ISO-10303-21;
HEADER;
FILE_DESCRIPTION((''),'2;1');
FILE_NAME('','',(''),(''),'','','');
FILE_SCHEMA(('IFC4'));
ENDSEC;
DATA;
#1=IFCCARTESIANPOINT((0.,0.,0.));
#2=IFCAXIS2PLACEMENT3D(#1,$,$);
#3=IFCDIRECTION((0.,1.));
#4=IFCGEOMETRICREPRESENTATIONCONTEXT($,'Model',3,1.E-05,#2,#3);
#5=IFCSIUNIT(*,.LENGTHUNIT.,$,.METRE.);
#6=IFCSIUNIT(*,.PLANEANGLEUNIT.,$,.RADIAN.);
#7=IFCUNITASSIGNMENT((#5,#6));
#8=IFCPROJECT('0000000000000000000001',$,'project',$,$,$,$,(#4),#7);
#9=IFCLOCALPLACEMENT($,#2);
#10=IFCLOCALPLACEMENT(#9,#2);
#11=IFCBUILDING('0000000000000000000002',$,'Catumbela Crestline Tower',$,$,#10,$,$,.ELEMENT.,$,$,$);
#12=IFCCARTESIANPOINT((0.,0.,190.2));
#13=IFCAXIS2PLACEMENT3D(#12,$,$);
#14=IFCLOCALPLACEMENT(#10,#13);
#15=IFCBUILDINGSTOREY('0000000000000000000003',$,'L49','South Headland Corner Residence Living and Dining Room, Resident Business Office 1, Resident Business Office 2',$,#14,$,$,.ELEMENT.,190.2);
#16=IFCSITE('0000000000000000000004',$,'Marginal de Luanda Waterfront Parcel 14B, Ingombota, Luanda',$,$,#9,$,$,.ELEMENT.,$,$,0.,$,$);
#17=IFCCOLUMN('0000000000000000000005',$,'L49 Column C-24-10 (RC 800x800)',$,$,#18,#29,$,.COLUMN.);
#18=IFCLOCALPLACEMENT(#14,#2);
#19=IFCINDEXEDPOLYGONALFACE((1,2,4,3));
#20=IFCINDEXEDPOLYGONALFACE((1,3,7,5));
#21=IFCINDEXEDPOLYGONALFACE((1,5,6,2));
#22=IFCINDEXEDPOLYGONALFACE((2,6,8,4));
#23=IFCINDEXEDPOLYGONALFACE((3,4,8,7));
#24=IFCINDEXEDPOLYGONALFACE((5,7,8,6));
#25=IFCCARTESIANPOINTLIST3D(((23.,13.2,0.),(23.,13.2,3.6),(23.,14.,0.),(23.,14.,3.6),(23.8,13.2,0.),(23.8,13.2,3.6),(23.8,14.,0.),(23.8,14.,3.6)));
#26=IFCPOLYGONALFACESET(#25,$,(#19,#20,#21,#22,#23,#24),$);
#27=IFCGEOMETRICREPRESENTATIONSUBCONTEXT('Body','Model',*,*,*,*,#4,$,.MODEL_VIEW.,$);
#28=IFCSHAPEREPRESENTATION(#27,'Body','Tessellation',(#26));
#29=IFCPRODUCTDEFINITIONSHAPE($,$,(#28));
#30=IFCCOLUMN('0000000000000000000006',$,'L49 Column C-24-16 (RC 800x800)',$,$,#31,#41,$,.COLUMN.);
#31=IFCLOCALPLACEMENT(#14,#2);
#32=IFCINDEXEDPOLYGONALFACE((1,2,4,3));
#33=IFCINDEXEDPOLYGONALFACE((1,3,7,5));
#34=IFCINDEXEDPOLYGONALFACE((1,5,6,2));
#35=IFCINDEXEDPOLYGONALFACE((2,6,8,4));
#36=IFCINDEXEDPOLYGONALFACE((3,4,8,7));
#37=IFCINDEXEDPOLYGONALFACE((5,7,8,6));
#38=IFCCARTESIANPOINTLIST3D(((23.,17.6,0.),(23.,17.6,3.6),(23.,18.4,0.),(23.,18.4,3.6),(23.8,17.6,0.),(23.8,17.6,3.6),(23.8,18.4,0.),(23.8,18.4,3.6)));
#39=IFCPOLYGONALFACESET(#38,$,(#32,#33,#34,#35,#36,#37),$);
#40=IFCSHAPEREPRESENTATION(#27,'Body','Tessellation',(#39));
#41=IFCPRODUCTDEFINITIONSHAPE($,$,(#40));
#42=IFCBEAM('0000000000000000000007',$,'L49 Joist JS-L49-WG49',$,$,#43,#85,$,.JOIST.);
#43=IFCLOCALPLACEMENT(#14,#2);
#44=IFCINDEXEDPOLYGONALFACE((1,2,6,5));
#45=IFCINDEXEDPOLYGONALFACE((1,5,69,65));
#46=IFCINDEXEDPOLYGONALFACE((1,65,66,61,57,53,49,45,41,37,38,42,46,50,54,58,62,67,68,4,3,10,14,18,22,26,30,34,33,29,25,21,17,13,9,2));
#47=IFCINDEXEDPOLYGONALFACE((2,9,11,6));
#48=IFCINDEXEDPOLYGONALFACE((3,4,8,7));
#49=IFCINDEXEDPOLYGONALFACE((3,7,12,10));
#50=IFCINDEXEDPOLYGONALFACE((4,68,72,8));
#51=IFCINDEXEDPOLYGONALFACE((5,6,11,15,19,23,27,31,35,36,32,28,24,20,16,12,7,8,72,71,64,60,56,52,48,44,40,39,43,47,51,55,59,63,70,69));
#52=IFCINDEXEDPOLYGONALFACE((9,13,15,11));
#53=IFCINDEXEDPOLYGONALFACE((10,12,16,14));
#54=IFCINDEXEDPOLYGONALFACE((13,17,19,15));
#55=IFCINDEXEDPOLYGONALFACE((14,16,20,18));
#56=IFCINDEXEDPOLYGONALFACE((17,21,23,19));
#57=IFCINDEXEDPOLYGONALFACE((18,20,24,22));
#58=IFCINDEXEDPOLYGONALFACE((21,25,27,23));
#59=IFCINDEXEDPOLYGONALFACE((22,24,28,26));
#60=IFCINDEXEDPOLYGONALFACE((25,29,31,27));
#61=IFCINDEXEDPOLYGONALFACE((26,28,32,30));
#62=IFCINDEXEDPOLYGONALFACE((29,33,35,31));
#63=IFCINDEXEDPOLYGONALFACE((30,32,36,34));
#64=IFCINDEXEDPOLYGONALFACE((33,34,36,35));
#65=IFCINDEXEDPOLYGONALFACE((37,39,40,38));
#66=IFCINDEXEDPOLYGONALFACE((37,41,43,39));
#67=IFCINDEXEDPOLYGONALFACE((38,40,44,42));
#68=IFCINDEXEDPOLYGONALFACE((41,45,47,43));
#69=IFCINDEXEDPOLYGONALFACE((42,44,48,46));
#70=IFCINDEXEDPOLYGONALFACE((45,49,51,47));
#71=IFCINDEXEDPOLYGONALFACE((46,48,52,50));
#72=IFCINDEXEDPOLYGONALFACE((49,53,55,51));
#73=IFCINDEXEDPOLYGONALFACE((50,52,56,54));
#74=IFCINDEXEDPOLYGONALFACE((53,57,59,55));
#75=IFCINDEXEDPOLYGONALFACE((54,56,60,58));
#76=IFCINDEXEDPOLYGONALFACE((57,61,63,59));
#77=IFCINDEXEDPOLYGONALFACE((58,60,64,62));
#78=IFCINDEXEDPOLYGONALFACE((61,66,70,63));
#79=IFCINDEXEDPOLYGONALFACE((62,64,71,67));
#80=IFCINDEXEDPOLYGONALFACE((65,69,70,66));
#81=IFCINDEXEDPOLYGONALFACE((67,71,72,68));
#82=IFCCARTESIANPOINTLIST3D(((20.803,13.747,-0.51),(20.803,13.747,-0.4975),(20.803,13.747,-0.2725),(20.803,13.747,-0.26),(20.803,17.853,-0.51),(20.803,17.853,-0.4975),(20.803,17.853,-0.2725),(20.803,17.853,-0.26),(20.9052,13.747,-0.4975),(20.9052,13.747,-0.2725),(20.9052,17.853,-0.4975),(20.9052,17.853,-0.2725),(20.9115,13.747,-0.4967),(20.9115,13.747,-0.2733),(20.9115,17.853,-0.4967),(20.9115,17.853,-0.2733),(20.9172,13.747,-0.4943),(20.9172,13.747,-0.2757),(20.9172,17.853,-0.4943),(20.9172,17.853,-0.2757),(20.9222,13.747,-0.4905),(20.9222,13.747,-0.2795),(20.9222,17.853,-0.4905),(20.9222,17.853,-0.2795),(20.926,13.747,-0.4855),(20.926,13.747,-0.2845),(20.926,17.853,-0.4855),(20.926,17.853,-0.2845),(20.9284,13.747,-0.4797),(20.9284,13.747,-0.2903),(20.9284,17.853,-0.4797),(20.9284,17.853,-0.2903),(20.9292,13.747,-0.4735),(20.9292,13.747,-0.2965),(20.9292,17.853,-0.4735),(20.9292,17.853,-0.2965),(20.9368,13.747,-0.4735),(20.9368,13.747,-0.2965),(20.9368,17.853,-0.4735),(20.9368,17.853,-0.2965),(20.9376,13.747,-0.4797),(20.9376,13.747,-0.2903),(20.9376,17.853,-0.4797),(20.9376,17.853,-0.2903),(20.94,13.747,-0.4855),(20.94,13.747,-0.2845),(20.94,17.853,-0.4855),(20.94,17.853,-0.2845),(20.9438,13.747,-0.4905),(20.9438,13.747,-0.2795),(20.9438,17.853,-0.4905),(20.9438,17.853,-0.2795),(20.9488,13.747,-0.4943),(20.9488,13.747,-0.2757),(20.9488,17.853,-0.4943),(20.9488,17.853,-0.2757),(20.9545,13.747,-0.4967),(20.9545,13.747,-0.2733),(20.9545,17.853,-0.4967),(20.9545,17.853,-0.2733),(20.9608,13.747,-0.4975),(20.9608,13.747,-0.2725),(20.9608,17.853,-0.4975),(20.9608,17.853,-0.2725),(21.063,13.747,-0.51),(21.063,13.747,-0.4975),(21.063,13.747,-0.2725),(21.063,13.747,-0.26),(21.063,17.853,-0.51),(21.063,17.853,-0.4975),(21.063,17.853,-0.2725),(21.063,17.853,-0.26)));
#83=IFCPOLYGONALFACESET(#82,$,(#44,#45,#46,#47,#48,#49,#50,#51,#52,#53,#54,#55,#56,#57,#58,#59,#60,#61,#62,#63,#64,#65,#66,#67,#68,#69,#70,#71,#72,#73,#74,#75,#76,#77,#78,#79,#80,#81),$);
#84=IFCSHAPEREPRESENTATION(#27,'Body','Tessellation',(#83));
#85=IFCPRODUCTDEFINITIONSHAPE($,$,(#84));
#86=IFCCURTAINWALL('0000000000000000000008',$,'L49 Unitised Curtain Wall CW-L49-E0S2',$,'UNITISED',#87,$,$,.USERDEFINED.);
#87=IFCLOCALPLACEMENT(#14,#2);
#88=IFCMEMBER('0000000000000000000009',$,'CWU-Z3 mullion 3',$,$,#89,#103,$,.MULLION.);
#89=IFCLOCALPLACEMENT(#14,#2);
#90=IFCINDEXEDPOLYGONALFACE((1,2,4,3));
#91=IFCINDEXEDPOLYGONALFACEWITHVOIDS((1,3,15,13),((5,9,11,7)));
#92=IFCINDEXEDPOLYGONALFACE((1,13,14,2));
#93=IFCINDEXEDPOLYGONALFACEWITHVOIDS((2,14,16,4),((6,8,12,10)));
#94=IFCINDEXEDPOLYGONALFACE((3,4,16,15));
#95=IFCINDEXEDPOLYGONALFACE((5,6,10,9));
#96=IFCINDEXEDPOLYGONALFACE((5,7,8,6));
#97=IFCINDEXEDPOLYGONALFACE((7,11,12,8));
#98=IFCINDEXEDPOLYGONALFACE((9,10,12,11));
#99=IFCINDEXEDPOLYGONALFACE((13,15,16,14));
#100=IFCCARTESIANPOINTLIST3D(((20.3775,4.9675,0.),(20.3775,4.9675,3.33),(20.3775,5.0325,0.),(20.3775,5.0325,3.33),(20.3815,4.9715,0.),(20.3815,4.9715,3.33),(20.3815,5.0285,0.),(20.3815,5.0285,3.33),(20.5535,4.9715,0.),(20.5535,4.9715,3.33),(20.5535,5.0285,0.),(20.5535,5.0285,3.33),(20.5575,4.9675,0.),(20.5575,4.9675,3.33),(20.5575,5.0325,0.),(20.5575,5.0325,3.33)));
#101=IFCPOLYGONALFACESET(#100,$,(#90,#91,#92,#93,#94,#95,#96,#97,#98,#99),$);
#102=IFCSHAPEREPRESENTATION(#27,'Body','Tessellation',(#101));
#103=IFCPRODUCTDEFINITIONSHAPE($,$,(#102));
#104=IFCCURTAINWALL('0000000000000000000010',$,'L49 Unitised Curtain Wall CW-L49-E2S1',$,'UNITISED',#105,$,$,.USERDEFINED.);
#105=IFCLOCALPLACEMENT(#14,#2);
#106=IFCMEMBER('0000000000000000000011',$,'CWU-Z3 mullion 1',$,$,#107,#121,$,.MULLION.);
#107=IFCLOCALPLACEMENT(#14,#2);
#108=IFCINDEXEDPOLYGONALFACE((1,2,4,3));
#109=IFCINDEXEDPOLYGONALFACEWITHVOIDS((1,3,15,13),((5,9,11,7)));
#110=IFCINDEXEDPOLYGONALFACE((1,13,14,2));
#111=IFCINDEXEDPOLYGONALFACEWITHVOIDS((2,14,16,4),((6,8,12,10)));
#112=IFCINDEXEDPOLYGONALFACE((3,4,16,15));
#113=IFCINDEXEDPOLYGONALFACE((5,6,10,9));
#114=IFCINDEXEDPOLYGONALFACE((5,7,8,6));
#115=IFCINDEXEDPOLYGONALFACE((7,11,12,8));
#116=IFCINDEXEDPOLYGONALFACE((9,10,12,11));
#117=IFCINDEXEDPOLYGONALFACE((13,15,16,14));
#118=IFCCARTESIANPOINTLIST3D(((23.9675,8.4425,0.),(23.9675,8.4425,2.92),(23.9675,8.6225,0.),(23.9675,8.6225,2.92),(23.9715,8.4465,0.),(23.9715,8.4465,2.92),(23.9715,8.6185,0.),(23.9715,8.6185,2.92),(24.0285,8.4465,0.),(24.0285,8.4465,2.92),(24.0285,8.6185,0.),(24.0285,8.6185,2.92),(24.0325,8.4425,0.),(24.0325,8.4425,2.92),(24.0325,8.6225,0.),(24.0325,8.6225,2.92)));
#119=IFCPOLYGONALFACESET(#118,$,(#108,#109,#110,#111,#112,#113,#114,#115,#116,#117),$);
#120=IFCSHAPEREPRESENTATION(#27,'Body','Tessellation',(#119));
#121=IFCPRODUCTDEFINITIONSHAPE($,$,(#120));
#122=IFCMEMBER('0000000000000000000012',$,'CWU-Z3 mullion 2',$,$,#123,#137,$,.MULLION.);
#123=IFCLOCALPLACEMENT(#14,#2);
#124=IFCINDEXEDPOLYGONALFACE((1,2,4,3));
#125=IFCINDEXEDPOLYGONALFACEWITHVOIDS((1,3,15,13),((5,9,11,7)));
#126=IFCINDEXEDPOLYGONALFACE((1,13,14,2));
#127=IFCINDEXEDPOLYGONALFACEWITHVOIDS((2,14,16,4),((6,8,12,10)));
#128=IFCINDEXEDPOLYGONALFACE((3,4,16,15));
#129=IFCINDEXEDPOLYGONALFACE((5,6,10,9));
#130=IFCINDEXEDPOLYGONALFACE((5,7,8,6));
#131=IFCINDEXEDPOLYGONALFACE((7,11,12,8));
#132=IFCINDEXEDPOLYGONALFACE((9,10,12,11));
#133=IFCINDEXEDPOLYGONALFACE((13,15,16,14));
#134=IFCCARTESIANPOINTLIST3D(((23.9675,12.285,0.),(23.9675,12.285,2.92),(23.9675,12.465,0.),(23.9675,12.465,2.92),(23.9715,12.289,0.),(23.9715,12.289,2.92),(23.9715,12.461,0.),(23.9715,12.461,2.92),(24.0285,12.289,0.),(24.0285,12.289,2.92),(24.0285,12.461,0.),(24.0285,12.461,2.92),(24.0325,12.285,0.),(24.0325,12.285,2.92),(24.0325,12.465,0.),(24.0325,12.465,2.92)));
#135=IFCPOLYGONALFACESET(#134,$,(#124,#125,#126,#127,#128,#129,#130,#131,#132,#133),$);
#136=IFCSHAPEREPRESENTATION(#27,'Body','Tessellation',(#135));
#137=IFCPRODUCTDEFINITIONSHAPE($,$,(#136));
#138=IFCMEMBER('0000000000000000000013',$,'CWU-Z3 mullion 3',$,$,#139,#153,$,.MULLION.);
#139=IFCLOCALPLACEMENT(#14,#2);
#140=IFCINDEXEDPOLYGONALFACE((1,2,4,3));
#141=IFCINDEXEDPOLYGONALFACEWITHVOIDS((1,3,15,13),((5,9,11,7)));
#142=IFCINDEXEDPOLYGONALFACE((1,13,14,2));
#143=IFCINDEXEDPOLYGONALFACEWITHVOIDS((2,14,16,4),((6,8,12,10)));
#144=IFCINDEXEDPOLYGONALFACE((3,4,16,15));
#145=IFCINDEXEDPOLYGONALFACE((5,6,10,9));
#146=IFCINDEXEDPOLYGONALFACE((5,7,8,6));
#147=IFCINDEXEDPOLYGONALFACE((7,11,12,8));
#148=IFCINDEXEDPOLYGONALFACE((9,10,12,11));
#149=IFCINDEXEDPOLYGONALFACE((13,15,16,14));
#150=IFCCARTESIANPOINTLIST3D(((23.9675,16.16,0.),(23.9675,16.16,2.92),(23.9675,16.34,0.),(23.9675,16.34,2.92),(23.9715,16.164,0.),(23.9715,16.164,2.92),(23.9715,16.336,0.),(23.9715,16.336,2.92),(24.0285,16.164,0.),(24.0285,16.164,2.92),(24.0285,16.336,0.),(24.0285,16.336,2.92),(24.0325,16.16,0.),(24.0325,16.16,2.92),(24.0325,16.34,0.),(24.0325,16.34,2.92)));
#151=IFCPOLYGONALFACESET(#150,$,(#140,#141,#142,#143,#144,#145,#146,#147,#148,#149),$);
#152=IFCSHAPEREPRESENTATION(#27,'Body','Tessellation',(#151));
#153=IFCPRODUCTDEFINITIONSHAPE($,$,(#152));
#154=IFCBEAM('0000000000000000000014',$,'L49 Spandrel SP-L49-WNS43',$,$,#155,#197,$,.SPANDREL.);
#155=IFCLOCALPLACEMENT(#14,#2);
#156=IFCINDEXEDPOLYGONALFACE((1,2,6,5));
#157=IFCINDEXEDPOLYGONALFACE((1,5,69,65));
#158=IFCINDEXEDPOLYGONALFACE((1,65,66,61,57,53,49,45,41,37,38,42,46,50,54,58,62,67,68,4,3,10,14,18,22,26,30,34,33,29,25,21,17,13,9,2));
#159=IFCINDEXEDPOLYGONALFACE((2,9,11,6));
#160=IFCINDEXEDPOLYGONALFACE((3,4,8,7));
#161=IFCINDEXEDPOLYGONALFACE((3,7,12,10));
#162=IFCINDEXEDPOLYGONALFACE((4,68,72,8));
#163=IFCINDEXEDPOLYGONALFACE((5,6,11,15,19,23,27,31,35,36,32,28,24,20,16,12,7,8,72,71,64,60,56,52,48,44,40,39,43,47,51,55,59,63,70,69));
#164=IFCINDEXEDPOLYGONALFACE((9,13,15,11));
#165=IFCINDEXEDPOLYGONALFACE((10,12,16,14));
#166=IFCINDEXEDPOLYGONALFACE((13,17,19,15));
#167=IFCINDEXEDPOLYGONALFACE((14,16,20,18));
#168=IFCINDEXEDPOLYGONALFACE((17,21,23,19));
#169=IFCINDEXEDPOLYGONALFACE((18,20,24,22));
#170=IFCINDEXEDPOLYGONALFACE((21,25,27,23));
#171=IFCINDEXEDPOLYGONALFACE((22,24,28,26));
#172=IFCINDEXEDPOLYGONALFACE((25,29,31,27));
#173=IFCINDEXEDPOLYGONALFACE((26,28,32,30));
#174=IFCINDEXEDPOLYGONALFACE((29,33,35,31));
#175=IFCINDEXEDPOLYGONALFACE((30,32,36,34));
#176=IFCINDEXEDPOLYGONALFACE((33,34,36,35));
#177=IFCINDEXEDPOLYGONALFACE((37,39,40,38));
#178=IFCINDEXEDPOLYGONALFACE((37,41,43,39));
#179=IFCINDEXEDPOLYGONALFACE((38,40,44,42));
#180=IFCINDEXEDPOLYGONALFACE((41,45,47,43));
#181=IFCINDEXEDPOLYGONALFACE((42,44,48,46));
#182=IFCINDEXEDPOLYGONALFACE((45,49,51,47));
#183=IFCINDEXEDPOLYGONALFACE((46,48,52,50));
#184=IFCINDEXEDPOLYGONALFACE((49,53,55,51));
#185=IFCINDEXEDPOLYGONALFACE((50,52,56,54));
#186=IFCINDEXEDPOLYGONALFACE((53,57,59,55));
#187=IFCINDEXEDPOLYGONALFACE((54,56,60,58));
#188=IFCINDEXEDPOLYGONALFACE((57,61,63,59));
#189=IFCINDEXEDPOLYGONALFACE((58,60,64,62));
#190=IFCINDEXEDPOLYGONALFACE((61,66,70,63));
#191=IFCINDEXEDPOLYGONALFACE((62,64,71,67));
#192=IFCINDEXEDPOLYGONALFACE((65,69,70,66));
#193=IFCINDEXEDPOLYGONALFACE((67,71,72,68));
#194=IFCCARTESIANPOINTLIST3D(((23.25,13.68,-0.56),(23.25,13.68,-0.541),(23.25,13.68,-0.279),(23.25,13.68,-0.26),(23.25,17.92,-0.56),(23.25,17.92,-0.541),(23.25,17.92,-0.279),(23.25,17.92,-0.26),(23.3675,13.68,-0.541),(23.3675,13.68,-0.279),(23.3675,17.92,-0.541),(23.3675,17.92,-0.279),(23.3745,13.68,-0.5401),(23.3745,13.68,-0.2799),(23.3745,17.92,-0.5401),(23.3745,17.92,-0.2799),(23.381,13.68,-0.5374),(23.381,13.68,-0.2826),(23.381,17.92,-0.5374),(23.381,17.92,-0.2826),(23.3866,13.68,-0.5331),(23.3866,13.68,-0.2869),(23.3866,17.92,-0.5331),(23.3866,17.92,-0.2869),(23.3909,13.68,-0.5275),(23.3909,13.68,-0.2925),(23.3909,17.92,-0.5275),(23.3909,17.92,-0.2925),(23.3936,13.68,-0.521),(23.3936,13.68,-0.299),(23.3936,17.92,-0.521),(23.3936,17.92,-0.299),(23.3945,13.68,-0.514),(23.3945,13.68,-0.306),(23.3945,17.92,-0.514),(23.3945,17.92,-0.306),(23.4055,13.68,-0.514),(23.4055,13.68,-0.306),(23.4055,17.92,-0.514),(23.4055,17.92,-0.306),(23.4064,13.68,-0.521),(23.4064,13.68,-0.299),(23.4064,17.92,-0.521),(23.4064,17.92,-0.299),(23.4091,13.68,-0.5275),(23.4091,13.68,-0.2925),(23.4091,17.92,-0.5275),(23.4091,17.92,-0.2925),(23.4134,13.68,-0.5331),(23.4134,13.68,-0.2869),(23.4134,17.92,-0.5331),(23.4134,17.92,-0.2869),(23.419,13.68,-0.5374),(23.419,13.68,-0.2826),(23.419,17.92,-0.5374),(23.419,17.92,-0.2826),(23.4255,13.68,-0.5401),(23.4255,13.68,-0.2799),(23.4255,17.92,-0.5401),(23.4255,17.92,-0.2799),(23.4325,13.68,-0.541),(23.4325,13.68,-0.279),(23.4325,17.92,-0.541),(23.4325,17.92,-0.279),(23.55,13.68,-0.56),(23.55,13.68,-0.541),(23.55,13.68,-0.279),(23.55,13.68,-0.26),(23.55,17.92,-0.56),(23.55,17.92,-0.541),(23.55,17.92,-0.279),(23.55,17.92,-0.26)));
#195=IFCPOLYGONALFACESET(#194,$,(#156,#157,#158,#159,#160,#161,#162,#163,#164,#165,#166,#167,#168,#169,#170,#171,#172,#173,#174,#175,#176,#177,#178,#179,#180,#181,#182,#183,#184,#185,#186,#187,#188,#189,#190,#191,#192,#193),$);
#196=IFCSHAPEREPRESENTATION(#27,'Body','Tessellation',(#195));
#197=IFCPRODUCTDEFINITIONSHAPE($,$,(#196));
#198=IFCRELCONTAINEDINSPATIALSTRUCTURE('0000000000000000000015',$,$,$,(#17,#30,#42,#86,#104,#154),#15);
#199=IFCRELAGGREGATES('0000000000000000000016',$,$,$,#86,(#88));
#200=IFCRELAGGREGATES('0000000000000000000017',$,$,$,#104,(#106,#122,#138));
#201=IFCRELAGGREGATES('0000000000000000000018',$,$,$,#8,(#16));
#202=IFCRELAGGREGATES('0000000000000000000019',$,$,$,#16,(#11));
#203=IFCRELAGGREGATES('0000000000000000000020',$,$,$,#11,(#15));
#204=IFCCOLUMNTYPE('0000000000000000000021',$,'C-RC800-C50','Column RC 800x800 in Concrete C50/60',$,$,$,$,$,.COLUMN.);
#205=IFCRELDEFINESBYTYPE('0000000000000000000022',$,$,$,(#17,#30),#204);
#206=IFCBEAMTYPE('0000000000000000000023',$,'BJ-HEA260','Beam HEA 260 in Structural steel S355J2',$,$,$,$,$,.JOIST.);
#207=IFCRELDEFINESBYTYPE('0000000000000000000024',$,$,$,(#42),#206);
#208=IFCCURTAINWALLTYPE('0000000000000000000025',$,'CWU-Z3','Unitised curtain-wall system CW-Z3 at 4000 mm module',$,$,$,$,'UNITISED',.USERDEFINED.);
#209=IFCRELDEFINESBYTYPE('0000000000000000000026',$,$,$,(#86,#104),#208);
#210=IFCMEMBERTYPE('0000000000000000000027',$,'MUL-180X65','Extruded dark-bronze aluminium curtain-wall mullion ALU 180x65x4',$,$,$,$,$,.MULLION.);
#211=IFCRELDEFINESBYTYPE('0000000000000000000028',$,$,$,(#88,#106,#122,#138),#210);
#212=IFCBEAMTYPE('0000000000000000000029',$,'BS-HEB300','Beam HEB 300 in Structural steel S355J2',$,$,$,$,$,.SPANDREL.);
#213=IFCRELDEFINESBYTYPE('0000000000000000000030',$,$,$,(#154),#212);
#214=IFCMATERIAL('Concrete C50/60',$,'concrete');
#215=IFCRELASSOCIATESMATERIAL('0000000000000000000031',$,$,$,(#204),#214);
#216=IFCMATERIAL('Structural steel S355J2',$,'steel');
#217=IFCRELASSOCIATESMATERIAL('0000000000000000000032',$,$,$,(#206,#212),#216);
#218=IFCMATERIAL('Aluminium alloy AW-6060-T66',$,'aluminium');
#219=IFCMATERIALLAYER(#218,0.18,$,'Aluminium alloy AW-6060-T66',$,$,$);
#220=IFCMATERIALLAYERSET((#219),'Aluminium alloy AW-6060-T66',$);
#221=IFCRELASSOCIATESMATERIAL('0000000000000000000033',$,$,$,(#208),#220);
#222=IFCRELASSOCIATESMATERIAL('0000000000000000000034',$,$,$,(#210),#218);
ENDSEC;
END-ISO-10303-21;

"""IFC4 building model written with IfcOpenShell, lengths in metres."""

from ifc_helpers import new_model, si_unit, direction, frame, origin, origin_2d, place, context, subcontext, project, spatial, rectangle, hollow_rectangle, i_section, extrude, material, layer, layer_set, material_profile, profile_set, type_object, element, aggregate, save


model = new_model("IFC4")

# Units and contexts
model_context = context("Model", 3, precision=1e-05, world=origin(), true_north=direction((0.0, 1.0)))
body_context = subcontext(model_context, "Body", "Model", "MODEL_VIEW")
ifc_project = project(units=[si_unit("LENGTHUNIT", "METRE"), si_unit("PLANEANGLEUNIT", "RADIAN")], contexts=[model_context])

# Site, building, storey
site_placement = place(None, origin())
site = spatial("IfcSite", under=ifc_project, at=site_placement, Name="Marginal de Luanda Waterfront Parcel 14B, Ingombota, Luanda", CompositionType="ELEMENT", RefElevation=0.0)
building_placement = place(site_placement, origin())
building = spatial("IfcBuilding", under=site, at=building_placement, Name="Catumbela Crestline Tower", CompositionType="ELEMENT")
storey_placement = place(building_placement, frame((0.0, 0.0, 190.2)))
storey = spatial("IfcBuildingStorey", under=building, at=storey_placement, Name="L49", Description="South Headland Corner Residence Living and Dining Room, Resident Business Office 1, Resident Business Office 2", CompositionType="ELEMENT", Elevation=190.2)

# Columns
ifc_material_1 = material(Name="Concrete C50/60", Category="concrete")
ifc_material_profile_1 = material_profile(ifc_material_1, rectangle(XDim=0.8, YDim=0.8, at=origin_2d()), Name="RC 800x800")
ifc_profile_set_1 = profile_set([ifc_material_profile_1], Name="Concrete C50/60")
column_type = type_object("IfcColumnType", Name="C-RC800-C50", Description="Column RC 800x800 in Concrete C50/60", PredefinedType="COLUMN", material=ifc_profile_set_1)
for number, where, z_axis, x_axis, name in (
    (1, (23.4, 13.6, 0.0), (0.0, 0.0, 1.0), (1.0, 0.0, 0.0), "L49 Column C-24-10 (RC 800x800)"),
    (2, (23.4, 18.0, 0.0), (0.0, 0.0, 1.0), (1.0, 0.0, 0.0), "L49 Column C-24-16 (RC 800x800)"),
):
    element("IfcColumn", number, at=place(storey_placement, frame(where, z_axis=z_axis, x_axis=x_axis)), inside=storey, type_object=column_type, Name=name, PredefinedType="COLUMN", context=body_context, shape_type="SweptSolid", body=[
        extrude(rectangle(XDim=0.8, YDim=0.8, at=origin_2d()), origin(), (0.0, 0.0, 1.0), 3.6),
    ])

# Beam
ifc_material_2 = material(Name="Structural steel S355J2", Category="steel")
ifc_material_profile_2 = material_profile(ifc_material_2, i_section(OverallWidth=0.26, OverallDepth=0.25, WebThickness=0.0075, FlangeThickness=0.0125, FilletRadius=0.024, at=origin_2d()), Name="HEA 260")
ifc_profile_set_2 = profile_set([ifc_material_profile_2], Name="Structural steel S355J2")
beam_type_1 = type_object("IfcBeamType", Name="BJ-HEA260", Description="Beam HEA 260 in Structural steel S355J2", PredefinedType="JOIST", material=ifc_profile_set_2)
beam_1_placement = place(storey_placement, frame((20.933, 13.747, -0.385), z_axis=(0.0, 1.0, 0.0), x_axis=(-1.0, 0.0, 0.0)))
element("IfcBeam", 3, at=beam_1_placement, inside=storey, type_object=beam_type_1, Name="L49 Joist JS-L49-WG49", PredefinedType="JOIST", context=body_context, shape_type="SweptSolid", body=[
    extrude(i_section(OverallWidth=0.26, OverallDepth=0.25, WebThickness=0.0075, FlangeThickness=0.0125, FilletRadius=0.024, at=origin_2d()), origin(), (0.0, 0.0, 1.0), 4.106),
])

# Curtain wall, member
ifc_material_3 = material(Name="Aluminium alloy AW-6060-T66", Category="aluminium")
ifc_layer_1 = layer(ifc_material_3, 0.18, Name="Aluminium alloy AW-6060-T66")
ifc_layer_set_1 = layer_set([ifc_layer_1], Name="Aluminium alloy AW-6060-T66")
curtain_wall_type = type_object("IfcCurtainWallType", Name="CWU-Z3", Description="Unitised curtain-wall system CW-Z3 at 4000 mm module", ElementType="UNITISED", PredefinedType="USERDEFINED", material=ifc_layer_set_1)
curtain_wall_1_placement = place(storey_placement, origin())
curtain_wall_1 = element("IfcCurtainWall", 4, at=curtain_wall_1_placement, inside=storey, type_object=curtain_wall_type, Name="L49 Unitised Curtain Wall CW-L49-E0S2", ObjectType="UNITISED", PredefinedType="USERDEFINED")
ifc_material_profile_3 = material_profile(ifc_material_3, hollow_rectangle(XDim=0.065, YDim=0.18, WallThickness=0.004, at=origin_2d()), Name="ALU 180x65x4")
ifc_profile_set_3 = profile_set([ifc_material_profile_3], Name="Aluminium alloy AW-6060-T66")
member_type_1 = type_object("IfcMemberType", Name="MUL-180X65", Description="Extruded dark-bronze aluminium curtain-wall mullion ALU 180x65x4", PredefinedType="MULLION", material=ifc_profile_set_3)
member_1_placement = place(storey_placement, frame((20.4675, 5.0, 0.0), z_axis=(0.0, 0.0, 1.0), x_axis=(0.0, 1.0, 0.0)))
member_1 = element("IfcMember", 5, at=member_1_placement, type_object=member_type_1, Name="CWU-Z3 mullion 3", PredefinedType="MULLION", context=body_context, shape_type="SweptSolid", body=[
    extrude(hollow_rectangle(XDim=0.065, YDim=0.18, WallThickness=0.004, at=origin_2d()), origin(), (0.0, 0.0, 1.0), 3.33),
])
aggregate(curtain_wall_1, [member_1])

# Curtain wall, members
curtain_wall_2_placement = place(storey_placement, origin())
curtain_wall_2 = element("IfcCurtainWall", 6, at=curtain_wall_2_placement, inside=storey, type_object=curtain_wall_type, Name="L49 Unitised Curtain Wall CW-L49-E2S1", ObjectType="UNITISED", PredefinedType="USERDEFINED")
member_2_placement = place(storey_placement, frame((24.0, 8.5325, 0.0), z_axis=(0.0, 0.0, 1.0), x_axis=(-1.0, 0.0, 0.0)))
member_2 = element("IfcMember", 7, at=member_2_placement, type_object=member_type_1, Name="CWU-Z3 mullion 1", PredefinedType="MULLION", context=body_context, shape_type="SweptSolid", body=[
    extrude(hollow_rectangle(XDim=0.065, YDim=0.18, WallThickness=0.004, at=origin_2d()), origin(), (0.0, 0.0, 1.0), 2.92),
])
member_3_placement = place(storey_placement, frame((24.0, 12.375, 0.0), z_axis=(0.0, 0.0, 1.0), x_axis=(-1.0, 0.0, 0.0)))
member_3 = element("IfcMember", 8, at=member_3_placement, type_object=member_type_1, Name="CWU-Z3 mullion 2", PredefinedType="MULLION", context=body_context, shape_type="SweptSolid", body=[
    extrude(hollow_rectangle(XDim=0.065, YDim=0.18, WallThickness=0.004, at=origin_2d()), origin(), (0.0, 0.0, 1.0), 2.92),
])
member_4_placement = place(storey_placement, frame((24.0, 16.25, 0.0), z_axis=(0.0, 0.0, 1.0), x_axis=(-1.0, 0.0, 0.0)))
member_4 = element("IfcMember", 9, at=member_4_placement, type_object=member_type_1, Name="CWU-Z3 mullion 3", PredefinedType="MULLION", context=body_context, shape_type="SweptSolid", body=[
    extrude(hollow_rectangle(XDim=0.065, YDim=0.18, WallThickness=0.004, at=origin_2d()), origin(), (0.0, 0.0, 1.0), 2.92),
])

# Beam
ifc_material_profile_4 = material_profile(ifc_material_2, i_section(OverallWidth=0.3, OverallDepth=0.3, WebThickness=0.011, FlangeThickness=0.019, FilletRadius=0.027, at=origin_2d()), Name="HEB 300")
ifc_profile_set_4 = profile_set([ifc_material_profile_4], Name="Structural steel S355J2")
beam_type_2 = type_object("IfcBeamType", Name="BS-HEB300", Description="Beam HEB 300 in Structural steel S355J2", PredefinedType="SPANDREL", material=ifc_profile_set_4)
beam_2_placement = place(storey_placement, frame((23.4, 13.68, -0.41), z_axis=(0.0, 1.0, 0.0), x_axis=(-1.0, 0.0, 0.0)))
element("IfcBeam", 10, at=beam_2_placement, inside=storey, type_object=beam_type_2, Name="L49 Spandrel SP-L49-WNS43", PredefinedType="SPANDREL", context=body_context, shape_type="SweptSolid", body=[
    extrude(i_section(OverallWidth=0.3, OverallDepth=0.3, WebThickness=0.011, FlangeThickness=0.019, FilletRadius=0.027, at=origin_2d()), origin(), (0.0, 0.0, 1.0), 4.24),
])

aggregate(curtain_wall_2, [member_2, member_3, member_4])

save(model, "model.ifc")
